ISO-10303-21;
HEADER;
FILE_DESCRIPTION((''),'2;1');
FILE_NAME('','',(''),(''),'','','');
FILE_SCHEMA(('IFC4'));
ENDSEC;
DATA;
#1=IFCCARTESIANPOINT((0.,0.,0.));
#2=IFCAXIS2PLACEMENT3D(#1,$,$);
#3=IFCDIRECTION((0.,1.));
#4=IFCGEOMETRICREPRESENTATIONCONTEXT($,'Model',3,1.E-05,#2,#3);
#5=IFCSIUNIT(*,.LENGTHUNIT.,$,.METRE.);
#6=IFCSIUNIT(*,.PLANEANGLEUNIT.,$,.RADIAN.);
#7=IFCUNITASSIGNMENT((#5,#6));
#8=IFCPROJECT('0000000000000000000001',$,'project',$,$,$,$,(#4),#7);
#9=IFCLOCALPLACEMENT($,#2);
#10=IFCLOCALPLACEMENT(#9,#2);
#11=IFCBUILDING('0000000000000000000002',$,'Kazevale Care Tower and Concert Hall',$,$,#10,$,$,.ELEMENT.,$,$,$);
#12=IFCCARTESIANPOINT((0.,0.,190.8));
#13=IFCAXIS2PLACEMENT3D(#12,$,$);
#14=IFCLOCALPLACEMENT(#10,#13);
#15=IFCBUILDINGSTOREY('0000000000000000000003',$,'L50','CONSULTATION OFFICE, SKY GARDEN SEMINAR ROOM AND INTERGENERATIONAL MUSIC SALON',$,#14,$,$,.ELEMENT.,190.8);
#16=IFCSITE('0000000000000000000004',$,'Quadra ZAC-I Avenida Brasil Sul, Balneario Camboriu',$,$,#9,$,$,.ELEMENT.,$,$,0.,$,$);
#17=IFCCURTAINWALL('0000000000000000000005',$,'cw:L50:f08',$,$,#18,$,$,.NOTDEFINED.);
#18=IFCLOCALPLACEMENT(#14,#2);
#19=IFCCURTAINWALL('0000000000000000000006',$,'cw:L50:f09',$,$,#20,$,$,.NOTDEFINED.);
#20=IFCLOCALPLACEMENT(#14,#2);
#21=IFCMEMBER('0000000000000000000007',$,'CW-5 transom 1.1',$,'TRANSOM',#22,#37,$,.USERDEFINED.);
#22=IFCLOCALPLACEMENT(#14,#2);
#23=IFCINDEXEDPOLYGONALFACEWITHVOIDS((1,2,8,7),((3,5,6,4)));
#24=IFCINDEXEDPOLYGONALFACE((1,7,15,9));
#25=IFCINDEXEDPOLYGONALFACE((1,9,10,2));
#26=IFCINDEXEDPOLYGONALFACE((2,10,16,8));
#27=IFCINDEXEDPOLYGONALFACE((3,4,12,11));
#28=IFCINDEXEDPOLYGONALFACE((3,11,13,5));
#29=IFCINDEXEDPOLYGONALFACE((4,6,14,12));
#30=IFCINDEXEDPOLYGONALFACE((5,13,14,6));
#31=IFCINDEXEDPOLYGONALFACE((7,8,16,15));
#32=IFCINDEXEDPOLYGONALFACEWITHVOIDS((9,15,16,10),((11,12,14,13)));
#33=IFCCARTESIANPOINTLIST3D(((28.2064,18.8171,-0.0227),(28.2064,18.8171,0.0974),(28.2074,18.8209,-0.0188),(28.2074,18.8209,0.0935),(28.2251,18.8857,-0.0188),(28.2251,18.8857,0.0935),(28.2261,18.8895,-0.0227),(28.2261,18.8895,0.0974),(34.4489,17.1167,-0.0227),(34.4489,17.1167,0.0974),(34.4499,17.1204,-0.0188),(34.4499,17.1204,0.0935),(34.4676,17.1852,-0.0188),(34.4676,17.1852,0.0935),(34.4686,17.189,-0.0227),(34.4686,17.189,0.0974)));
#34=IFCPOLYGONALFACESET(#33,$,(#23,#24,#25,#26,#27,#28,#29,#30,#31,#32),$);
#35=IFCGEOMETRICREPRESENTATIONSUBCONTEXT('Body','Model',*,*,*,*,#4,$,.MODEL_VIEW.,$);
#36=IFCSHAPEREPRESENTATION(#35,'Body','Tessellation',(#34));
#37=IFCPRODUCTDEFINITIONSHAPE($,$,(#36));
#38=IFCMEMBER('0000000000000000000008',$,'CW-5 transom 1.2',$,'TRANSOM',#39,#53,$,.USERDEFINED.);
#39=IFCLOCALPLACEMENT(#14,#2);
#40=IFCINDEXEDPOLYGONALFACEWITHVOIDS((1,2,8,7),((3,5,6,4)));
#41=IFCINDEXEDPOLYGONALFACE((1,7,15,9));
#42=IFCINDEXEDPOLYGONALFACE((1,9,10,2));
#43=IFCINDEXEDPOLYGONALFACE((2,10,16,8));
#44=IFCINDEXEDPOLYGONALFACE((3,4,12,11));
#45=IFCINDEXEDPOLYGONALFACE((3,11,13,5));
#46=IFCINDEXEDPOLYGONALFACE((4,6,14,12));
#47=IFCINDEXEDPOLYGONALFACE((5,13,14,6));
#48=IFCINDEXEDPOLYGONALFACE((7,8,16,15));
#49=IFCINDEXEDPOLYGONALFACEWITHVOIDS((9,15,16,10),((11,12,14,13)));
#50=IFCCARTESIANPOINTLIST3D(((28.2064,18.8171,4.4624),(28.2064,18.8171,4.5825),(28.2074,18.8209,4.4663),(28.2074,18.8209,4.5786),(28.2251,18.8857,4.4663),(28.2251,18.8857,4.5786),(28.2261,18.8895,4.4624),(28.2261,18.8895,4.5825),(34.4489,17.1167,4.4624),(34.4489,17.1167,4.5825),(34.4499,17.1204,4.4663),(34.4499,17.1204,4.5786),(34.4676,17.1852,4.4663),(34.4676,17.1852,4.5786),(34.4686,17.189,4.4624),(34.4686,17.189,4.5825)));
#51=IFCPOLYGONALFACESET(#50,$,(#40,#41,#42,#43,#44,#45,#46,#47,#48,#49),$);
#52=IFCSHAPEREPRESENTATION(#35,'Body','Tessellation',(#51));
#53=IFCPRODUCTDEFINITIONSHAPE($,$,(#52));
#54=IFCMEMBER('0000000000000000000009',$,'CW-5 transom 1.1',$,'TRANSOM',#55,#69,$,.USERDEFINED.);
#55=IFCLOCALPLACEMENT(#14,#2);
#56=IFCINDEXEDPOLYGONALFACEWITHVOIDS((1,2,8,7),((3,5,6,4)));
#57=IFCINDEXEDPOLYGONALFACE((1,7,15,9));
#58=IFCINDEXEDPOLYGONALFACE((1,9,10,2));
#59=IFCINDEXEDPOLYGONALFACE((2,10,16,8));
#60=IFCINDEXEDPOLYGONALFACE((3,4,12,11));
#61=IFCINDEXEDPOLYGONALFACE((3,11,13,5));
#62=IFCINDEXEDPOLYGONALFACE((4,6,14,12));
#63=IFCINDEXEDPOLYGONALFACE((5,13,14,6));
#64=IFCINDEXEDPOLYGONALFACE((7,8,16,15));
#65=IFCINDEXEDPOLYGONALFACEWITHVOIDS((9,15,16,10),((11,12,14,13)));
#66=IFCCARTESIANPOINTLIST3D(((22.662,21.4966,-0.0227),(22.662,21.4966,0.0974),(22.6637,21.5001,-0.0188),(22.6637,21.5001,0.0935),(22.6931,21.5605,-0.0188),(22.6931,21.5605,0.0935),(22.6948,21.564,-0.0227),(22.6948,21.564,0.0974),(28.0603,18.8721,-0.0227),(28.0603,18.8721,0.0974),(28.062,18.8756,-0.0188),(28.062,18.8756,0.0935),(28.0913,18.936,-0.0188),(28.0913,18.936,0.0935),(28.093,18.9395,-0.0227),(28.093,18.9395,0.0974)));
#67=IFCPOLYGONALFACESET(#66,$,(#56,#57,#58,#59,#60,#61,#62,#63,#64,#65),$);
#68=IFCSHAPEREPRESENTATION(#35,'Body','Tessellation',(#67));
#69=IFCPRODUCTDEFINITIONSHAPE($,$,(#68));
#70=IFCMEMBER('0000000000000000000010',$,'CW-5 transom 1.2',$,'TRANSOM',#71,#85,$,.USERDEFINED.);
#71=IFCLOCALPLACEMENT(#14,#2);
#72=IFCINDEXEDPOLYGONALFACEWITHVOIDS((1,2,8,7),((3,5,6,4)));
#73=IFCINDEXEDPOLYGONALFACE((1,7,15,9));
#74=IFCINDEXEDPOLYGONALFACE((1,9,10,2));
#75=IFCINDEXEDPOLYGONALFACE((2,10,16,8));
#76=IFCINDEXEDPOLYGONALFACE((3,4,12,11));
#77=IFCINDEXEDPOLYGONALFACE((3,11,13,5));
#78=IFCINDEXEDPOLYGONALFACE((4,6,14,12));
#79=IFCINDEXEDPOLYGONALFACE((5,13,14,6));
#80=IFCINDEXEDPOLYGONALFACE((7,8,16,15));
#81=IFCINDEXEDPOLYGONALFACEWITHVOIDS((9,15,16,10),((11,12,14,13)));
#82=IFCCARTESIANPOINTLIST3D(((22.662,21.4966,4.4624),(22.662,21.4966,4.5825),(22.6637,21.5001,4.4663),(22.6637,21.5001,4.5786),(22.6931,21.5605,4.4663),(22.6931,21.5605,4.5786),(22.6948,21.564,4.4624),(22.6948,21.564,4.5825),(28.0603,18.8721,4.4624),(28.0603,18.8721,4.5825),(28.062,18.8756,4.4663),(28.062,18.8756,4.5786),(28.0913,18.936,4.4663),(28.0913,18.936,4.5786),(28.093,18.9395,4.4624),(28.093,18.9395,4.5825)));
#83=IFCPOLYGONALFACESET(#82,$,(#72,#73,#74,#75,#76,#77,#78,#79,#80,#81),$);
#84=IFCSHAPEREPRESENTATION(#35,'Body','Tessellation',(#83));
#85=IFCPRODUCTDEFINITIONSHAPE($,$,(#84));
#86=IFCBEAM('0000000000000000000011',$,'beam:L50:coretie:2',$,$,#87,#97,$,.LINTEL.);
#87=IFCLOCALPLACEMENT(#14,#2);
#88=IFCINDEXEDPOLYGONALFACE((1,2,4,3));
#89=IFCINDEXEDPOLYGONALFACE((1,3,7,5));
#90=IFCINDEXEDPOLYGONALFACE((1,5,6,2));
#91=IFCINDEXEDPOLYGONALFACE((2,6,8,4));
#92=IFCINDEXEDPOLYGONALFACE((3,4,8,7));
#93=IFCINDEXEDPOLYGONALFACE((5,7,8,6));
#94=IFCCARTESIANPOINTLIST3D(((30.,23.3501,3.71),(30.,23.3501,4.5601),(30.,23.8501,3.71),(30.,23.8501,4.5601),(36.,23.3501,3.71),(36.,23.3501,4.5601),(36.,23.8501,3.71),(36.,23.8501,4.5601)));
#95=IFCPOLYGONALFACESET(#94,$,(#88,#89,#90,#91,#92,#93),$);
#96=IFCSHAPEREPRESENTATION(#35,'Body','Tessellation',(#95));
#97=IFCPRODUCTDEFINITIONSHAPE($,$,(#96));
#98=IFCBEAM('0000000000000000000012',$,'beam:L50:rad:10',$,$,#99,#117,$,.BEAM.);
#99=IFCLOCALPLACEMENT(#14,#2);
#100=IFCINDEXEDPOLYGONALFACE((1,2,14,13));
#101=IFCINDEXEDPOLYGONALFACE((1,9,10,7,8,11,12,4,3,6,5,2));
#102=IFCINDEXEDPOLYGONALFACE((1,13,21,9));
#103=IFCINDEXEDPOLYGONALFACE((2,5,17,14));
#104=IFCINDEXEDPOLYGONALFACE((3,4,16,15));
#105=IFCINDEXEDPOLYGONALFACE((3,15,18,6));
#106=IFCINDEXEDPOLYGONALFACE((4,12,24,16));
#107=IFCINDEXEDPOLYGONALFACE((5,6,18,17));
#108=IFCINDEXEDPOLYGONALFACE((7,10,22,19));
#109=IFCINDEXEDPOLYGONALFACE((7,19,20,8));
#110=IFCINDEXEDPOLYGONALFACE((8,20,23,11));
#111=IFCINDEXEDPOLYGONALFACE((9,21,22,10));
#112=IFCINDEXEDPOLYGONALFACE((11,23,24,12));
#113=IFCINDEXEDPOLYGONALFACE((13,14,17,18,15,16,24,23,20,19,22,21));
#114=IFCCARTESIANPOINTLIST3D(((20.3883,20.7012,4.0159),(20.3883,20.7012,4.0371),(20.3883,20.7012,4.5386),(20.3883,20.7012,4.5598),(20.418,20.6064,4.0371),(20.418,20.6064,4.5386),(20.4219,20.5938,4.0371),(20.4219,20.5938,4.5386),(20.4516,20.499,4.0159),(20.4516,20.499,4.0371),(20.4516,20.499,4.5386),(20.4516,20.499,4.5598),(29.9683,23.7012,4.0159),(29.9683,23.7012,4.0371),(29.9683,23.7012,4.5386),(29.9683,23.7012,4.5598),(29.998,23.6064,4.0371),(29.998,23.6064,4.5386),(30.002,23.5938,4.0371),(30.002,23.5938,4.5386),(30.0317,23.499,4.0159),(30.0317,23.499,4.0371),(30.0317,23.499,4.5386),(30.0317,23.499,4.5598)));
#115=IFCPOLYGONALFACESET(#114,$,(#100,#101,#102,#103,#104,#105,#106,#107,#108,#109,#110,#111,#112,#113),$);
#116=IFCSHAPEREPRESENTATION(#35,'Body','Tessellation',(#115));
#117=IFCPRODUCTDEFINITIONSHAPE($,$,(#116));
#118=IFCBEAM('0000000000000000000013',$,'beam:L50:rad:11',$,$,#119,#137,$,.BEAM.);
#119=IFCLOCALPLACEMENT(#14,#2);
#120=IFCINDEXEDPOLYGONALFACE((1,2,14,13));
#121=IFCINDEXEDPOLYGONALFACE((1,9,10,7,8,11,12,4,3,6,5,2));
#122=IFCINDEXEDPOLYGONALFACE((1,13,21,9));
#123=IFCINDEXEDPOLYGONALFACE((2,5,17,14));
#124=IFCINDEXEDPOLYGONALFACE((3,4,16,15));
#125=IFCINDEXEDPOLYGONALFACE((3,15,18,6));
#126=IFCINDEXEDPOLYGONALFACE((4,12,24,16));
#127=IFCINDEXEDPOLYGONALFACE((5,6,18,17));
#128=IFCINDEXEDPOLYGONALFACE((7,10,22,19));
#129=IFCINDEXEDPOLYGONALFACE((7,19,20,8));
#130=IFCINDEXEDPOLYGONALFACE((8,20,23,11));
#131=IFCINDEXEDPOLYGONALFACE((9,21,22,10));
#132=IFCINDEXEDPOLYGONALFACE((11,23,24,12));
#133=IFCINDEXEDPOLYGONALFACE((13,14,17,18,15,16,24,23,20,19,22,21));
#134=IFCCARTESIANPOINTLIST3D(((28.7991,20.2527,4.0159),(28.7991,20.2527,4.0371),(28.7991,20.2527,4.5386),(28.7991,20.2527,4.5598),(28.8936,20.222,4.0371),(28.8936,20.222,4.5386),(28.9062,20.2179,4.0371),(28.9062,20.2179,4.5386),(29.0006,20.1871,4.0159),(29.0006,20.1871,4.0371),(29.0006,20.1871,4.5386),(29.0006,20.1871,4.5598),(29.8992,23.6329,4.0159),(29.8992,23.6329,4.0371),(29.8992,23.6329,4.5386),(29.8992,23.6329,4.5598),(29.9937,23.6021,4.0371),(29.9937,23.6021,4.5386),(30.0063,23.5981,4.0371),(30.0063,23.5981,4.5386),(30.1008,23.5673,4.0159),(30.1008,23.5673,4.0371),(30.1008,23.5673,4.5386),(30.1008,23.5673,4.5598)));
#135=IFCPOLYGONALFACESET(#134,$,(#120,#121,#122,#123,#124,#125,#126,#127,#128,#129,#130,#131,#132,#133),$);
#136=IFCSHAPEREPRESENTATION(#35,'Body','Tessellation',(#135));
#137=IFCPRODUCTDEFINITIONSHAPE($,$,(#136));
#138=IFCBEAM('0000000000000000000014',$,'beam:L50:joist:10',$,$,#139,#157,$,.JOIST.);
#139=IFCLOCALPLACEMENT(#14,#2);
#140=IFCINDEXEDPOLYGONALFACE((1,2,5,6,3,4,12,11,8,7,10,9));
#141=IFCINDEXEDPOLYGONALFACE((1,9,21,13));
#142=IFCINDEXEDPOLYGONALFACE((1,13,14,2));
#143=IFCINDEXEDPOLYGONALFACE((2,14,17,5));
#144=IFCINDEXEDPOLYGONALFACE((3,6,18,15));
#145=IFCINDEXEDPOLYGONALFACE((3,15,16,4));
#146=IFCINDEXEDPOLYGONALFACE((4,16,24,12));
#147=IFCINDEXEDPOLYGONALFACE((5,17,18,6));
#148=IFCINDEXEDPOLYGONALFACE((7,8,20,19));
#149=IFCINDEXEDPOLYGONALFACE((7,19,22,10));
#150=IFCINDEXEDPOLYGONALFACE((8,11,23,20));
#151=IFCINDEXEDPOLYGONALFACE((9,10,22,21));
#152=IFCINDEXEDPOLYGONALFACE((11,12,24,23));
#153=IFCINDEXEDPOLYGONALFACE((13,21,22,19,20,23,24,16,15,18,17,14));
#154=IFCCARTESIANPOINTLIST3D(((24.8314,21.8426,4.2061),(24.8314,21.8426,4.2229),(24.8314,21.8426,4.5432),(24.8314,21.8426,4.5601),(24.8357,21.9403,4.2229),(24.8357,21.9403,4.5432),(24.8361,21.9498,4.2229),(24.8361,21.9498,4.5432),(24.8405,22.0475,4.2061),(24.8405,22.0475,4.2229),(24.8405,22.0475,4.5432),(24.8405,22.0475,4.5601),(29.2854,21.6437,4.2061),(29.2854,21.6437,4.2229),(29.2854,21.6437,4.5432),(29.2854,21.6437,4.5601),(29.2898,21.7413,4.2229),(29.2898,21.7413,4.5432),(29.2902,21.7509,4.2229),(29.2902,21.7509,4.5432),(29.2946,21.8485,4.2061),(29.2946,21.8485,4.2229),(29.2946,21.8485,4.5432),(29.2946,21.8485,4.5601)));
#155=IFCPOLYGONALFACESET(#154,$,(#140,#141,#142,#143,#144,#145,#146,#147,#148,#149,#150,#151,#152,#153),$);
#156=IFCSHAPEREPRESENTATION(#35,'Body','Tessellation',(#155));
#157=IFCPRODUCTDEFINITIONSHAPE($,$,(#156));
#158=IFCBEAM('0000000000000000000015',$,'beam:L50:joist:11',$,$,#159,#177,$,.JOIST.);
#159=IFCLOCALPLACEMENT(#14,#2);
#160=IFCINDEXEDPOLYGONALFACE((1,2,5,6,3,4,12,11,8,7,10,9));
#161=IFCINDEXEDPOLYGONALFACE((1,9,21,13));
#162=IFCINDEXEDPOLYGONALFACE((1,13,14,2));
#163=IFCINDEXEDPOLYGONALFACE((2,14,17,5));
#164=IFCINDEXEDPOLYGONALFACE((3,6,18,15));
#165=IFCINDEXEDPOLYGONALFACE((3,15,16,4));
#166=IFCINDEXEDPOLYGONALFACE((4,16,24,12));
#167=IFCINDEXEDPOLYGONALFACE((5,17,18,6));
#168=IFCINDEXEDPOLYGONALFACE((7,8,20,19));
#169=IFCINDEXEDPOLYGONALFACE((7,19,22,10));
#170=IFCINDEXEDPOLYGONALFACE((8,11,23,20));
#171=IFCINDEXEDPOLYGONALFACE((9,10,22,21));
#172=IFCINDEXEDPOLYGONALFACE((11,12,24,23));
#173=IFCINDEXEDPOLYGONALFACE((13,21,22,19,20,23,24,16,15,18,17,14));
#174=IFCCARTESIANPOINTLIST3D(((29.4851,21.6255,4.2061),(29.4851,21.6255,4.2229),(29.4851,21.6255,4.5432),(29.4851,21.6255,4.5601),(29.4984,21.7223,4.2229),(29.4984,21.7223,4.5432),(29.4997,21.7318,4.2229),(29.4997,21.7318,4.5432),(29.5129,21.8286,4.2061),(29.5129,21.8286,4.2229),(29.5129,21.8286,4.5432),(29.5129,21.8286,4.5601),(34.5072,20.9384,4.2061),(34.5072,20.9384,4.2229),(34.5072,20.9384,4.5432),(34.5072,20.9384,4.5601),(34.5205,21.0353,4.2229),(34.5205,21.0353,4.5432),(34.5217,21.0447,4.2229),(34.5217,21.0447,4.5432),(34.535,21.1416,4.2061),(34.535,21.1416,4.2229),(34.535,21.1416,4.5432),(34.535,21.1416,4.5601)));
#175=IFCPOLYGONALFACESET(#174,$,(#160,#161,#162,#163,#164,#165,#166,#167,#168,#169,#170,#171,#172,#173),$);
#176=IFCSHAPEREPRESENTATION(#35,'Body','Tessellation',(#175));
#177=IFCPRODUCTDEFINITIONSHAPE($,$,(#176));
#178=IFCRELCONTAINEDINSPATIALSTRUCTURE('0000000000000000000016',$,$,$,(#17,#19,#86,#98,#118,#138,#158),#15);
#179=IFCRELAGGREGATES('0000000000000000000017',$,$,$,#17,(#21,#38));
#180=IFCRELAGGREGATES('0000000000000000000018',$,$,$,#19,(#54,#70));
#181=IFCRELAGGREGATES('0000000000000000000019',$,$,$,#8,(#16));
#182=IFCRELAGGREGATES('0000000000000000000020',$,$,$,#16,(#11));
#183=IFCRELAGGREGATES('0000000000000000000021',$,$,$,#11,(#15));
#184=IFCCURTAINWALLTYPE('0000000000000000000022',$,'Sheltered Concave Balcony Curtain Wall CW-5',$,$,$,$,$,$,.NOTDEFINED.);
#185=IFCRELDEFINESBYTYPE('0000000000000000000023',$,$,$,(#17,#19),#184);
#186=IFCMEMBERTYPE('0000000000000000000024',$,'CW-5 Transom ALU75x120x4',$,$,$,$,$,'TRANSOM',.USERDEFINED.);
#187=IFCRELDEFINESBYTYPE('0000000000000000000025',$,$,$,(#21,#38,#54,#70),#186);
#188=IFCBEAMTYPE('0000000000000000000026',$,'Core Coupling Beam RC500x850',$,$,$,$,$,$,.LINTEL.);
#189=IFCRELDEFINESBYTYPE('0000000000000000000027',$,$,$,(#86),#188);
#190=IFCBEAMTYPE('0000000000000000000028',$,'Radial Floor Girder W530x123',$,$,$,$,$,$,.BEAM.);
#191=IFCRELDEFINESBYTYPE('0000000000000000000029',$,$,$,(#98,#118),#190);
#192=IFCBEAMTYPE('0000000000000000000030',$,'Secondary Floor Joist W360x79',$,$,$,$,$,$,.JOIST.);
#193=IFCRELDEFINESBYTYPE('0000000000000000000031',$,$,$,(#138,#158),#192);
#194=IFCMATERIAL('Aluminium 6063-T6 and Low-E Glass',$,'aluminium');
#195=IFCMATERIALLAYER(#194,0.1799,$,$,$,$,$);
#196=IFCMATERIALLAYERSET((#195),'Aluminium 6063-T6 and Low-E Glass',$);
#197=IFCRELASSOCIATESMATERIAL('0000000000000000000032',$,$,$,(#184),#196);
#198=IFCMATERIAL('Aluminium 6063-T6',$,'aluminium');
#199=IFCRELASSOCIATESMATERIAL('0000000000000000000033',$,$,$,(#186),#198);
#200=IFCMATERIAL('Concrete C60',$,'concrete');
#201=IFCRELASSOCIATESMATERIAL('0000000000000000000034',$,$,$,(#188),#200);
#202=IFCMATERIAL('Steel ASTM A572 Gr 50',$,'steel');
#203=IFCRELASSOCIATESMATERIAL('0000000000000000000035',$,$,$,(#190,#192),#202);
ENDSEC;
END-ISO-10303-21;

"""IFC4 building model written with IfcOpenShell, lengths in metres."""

from ifc_helpers import new_model, si_unit, direction, frame, origin, origin_2d, place, context, subcontext, project, spatial, rectangle, hollow_rectangle, i_section, extrude, material, layer, layer_set, material_profile, profile_set, type_object, element, aggregate, save


model = new_model("IFC4")

# Units and contexts
model_context = context("Model", 3, precision=1e-05, world=origin(), true_north=direction((0.0, 1.0)))
body_context = subcontext(model_context, "Body", "Model", "MODEL_VIEW")
ifc_project = project(units=[si_unit("LENGTHUNIT", "METRE"), si_unit("PLANEANGLEUNIT", "RADIAN")], contexts=[model_context])

# Site, building, storey
site_placement = place(None, origin())
site = spatial("IfcSite", under=ifc_project, at=site_placement, Name="Quadra ZAC-I Avenida Brasil Sul, Balneario Camboriu", CompositionType="ELEMENT", RefElevation=0.0)
building_placement = place(site_placement, origin())
building = spatial("IfcBuilding", under=site, at=building_placement, Name="Kazevale Care Tower and Concert Hall", CompositionType="ELEMENT")
storey_placement = place(building_placement, frame((0.0, 0.0, 190.8)))
storey = spatial("IfcBuildingStorey", under=building, at=storey_placement, Name="L50", Description="CONSULTATION OFFICE, SKY GARDEN SEMINAR ROOM AND INTERGENERATIONAL MUSIC SALON", CompositionType="ELEMENT", Elevation=190.8)

# Shared definitions
ifc_material_1 = material(Name="Aluminium 6063-T6 and Low-E Glass", Category="aluminium")
ifc_layer_1 = layer(ifc_material_1, 0.1799)
ifc_layer_set_1 = layer_set([ifc_layer_1], Name="Aluminium 6063-T6 and Low-E Glass")
curtain_wall_type = type_object("IfcCurtainWallType", Name="Sheltered Concave Balcony Curtain Wall CW-5", PredefinedType="NOTDEFINED", material=ifc_layer_set_1)
ifc_material_2 = material(Name="Aluminium 6063-T6", Category="aluminium")

# Curtain wall
curtain_wall_1_placement = place(storey_placement, origin())
curtain_wall_1 = element("IfcCurtainWall", 1, at=curtain_wall_1_placement, inside=storey, type_object=curtain_wall_type, Name="cw:L50:f08", PredefinedType="NOTDEFINED")

# Curtain wall
curtain_wall_2_placement = place(storey_placement, origin())
curtain_wall_2 = element("IfcCurtainWall", 2, at=curtain_wall_2_placement, inside=storey, type_object=curtain_wall_type, Name="cw:L50:f09", PredefinedType="NOTDEFINED")

# Members
ifc_material_profile_1 = material_profile(ifc_material_2, hollow_rectangle(XDim=0.075, YDim=0.1201, WallThickness=0.0039, at=origin_2d()), Name="ALU75x120x4")
ifc_profile_set_1 = profile_set([ifc_material_profile_1], Name="Aluminium 6063-T6")
member_type_1 = type_object("IfcMemberType", Name="CW-5 Transom ALU75x120x4", ElementType="TRANSOM", PredefinedType="USERDEFINED", material=ifc_profile_set_1)
member_1_placement = place(storey_placement, frame((34.4587, 17.1528, 0.0374), z_axis=(-0.964844, 0.262824, 0.0), x_axis=(-0.262824, -0.964844, 0.0)))
member_1 = element("IfcMember", 3, at=member_1_placement, type_object=member_type_1, Name="CW-5 transom 1.1", ObjectType="TRANSOM", PredefinedType="USERDEFINED", context=body_context, shape_type="SweptSolid", body=[
    extrude(hollow_rectangle(XDim=0.075, YDim=0.1201, WallThickness=0.0039, at=origin_2d()), origin(), (0.0, 0.0, 1.0), 6.47),
])
member_2_placement = place(storey_placement, frame((34.4587, 17.1528, 4.5225), z_axis=(-0.964844, 0.262824, 0.0), x_axis=(-0.262824, -0.964844, 0.0)))
member_2 = element("IfcMember", 4, at=member_2_placement, type_object=member_type_1, Name="CW-5 transom 1.2", ObjectType="TRANSOM", PredefinedType="USERDEFINED", context=body_context, shape_type="SweptSolid", body=[
    extrude(hollow_rectangle(XDim=0.075, YDim=0.1201, WallThickness=0.0039, at=origin_2d()), origin(), (0.0, 0.0, 1.0), 6.47),
])
member_3_placement = place(storey_placement, frame((28.0767, 18.9058, 0.0374), z_axis=(-0.899342, 0.437245, 0.0), x_axis=(-0.437245, -0.899342, 0.0)))
member_3 = element("IfcMember", 5, at=member_3_placement, type_object=member_type_1, Name="CW-5 transom 1.1", ObjectType="TRANSOM", PredefinedType="USERDEFINED", context=body_context, shape_type="SweptSolid", body=[
    extrude(hollow_rectangle(XDim=0.075, YDim=0.1201, WallThickness=0.0039, at=origin_2d()), origin(), (0.0, 0.0, 1.0), 6.0024),
])
member_4_placement = place(storey_placement, frame((28.0767, 18.9058, 4.5225), z_axis=(-0.899342, 0.437245, 0.0), x_axis=(-0.437245, -0.899342, 0.0)))
member_4 = element("IfcMember", 6, at=member_4_placement, type_object=member_type_1, Name="CW-5 transom 1.2", ObjectType="TRANSOM", PredefinedType="USERDEFINED", context=body_context, shape_type="SweptSolid", body=[
    extrude(hollow_rectangle(XDim=0.075, YDim=0.1201, WallThickness=0.0039, at=origin_2d()), origin(), (0.0, 0.0, 1.0), 6.0024),
])

# Beams
ifc_material_3 = material(Name="Concrete C60", Category="concrete")
ifc_material_profile_2 = material_profile(ifc_material_3, rectangle(XDim=0.5, YDim=0.8501, at=origin_2d()), Name="RC-B500x850")
ifc_profile_set_2 = profile_set([ifc_material_profile_2], Name="Concrete C60")
beam_type_1 = type_object("IfcBeamType", Name="Core Coupling Beam RC500x850", PredefinedType="LINTEL", material=ifc_profile_set_2)
beam_1_placement = place(storey_placement, frame((30.0, 23.6001, 4.135), z_axis=(1.0, 0.0, 0.0), x_axis=(0.0, 1.0, 0.0)))
element("IfcBeam", 7, at=beam_1_placement, inside=storey, type_object=beam_type_1, Name="beam:L50:coretie:2", PredefinedType="LINTEL", context=body_context, shape_type="SweptSolid", body=[
    extrude(rectangle(XDim=0.5, YDim=0.8501, at=origin_2d()), origin(), (0.0, 0.0, 1.0), 6.0),
])
ifc_material_4 = material(Name="Steel ASTM A572 Gr 50", Category="steel")
ifc_material_profile_3 = material_profile(ifc_material_4, i_section(OverallWidth=0.2119, OverallDepth=0.5439, WebThickness=0.0132, FlangeThickness=0.0212, at=origin_2d()), Name="W530x123")
ifc_profile_set_3 = profile_set([ifc_material_profile_3], Name="Steel ASTM A572 Gr 50")
beam_type_2 = type_object("IfcBeamType", Name="Radial Floor Girder W530x123", PredefinedType="BEAM", material=ifc_profile_set_3)
beam_2_placement = place(storey_placement, frame((30.0, 23.6001, 4.2878), z_axis=(-0.954303, -0.29884, 0.0), x_axis=(0.29884, -0.954303, 0.0)))
element("IfcBeam", 8, at=beam_2_placement, inside=storey, type_object=beam_type_2, Name="beam:L50:rad:10", PredefinedType="BEAM", context=body_context, shape_type="SweptSolid", body=[
    extrude(i_section(OverallWidth=0.2119, OverallDepth=0.5439, WebThickness=0.0132, FlangeThickness=0.0212, at=origin_2d()), origin(), (0.0, 0.0, 1.0), 10.0388),
])
beam_3_placement = place(storey_placement, frame((30.0, 23.6001, 4.2878), z_axis=(-0.309482, -0.950905, 0.0), x_axis=(0.950905, -0.309482, 0.0)))
element("IfcBeam", 9, at=beam_3_placement, inside=storey, type_object=beam_type_2, Name="beam:L50:rad:11", PredefinedType="BEAM", context=body_context, shape_type="SweptSolid", body=[
    extrude(i_section(OverallWidth=0.2119, OverallDepth=0.5439, WebThickness=0.0132, FlangeThickness=0.0212, at=origin_2d()), origin(), (0.0, 0.0, 1.0), 3.5547),
])
ifc_material_profile_4 = material_profile(ifc_material_4, i_section(OverallWidth=0.2051, OverallDepth=0.354, WebThickness=0.0095, FlangeThickness=0.0168, at=origin_2d()), Name="W360x79")
ifc_profile_set_4 = profile_set([ifc_material_profile_4], Name="Steel ASTM A572 Gr 50")
beam_type_3 = type_object("IfcBeamType", Name="Secondary Floor Joist W360x79", PredefinedType="JOIST", material=ifc_profile_set_4)
beam_4_placement = place(storey_placement, frame((24.8359, 21.9451, 4.3831), z_axis=(0.999004, -0.044628, 0.0), x_axis=(0.044628, 0.999004, 0.0)))
element("IfcBeam", 10, at=beam_4_placement, inside=storey, type_object=beam_type_3, Name="beam:L50:joist:10", PredefinedType="JOIST", context=body_context, shape_type="SweptSolid", body=[
    extrude(i_section(OverallWidth=0.2051, OverallDepth=0.354, WebThickness=0.0095, FlangeThickness=0.0168, at=origin_2d()), origin(), (0.0, 0.0, 1.0), 4.4585),
])
beam_5_placement = place(storey_placement, frame((29.499, 21.7271, 4.3831), z_axis=(0.990772, -0.135539, 0.0), x_axis=(0.135539, 0.990772, 0.0)))
element("IfcBeam", 11, at=beam_5_placement, inside=storey, type_object=beam_type_3, Name="beam:L50:joist:11", PredefinedType="JOIST", context=body_context, shape_type="SweptSolid", body=[
    extrude(i_section(OverallWidth=0.2051, OverallDepth=0.354, WebThickness=0.0095, FlangeThickness=0.0168, at=origin_2d()), origin(), (0.0, 0.0, 1.0), 5.0688),
])

aggregate(curtain_wall_1, [member_1, member_2])
aggregate(curtain_wall_2, [member_3, member_4])

save(model, "model.ifc")
